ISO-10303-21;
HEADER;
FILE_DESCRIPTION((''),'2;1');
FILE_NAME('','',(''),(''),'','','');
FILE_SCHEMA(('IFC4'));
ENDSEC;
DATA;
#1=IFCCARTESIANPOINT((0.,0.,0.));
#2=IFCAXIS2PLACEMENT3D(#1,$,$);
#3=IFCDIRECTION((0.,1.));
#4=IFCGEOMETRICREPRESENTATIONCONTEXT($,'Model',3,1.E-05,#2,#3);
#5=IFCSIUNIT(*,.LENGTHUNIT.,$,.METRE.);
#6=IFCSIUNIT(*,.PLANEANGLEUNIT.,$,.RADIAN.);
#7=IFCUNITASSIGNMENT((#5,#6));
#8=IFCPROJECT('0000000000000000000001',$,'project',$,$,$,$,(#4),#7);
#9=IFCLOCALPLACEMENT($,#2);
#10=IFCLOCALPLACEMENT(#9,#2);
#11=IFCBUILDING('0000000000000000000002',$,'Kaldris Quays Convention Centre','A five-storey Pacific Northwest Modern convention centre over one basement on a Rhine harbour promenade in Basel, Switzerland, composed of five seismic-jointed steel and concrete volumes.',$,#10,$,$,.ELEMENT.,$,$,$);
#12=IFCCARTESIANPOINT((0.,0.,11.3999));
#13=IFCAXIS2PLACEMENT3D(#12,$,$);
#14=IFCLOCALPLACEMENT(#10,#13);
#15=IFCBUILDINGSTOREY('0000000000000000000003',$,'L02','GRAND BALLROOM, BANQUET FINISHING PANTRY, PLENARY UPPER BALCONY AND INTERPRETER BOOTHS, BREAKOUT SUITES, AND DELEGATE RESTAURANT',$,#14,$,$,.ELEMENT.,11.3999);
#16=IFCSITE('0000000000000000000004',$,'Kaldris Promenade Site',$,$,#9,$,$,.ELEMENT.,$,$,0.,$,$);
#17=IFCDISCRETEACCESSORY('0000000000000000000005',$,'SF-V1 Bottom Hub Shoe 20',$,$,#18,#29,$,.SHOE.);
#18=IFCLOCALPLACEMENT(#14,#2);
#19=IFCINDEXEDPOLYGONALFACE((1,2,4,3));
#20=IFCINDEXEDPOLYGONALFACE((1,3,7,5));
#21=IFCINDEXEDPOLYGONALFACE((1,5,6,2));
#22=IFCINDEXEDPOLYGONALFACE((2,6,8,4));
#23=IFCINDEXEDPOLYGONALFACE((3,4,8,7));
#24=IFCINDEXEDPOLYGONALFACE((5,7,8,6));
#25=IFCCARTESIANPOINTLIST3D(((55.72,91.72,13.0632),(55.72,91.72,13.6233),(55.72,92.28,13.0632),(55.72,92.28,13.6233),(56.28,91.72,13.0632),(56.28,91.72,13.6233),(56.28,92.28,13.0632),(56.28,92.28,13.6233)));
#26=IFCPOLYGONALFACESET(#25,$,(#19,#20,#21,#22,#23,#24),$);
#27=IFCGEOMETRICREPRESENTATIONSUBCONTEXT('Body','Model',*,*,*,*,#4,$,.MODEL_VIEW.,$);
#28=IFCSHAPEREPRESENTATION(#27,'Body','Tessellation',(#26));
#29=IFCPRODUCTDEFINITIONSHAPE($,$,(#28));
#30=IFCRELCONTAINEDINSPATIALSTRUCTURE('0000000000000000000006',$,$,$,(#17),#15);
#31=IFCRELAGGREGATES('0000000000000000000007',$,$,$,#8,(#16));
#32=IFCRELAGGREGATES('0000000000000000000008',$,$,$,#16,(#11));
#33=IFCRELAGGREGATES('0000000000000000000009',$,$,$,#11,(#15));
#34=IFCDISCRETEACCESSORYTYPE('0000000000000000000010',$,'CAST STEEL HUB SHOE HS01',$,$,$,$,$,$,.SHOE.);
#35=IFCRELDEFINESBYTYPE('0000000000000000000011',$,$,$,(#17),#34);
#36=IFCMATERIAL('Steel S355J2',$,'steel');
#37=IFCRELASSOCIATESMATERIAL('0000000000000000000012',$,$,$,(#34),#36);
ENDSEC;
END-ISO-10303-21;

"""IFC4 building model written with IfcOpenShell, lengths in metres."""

from ifc_helpers import new_model, si_unit, direction, frame, origin, origin_2d, place, context, subcontext, project, spatial, rectangle, extrude, material, type_object, element, save


model = new_model("IFC4")

# Units and contexts
model_context = context("Model", 3, precision=1e-05, world=origin(), true_north=direction((0.0, 1.0)))
body_context = subcontext(model_context, "Body", "Model", "MODEL_VIEW")
ifc_project = project(units=[si_unit("LENGTHUNIT", "METRE"), si_unit("PLANEANGLEUNIT", "RADIAN")], contexts=[model_context])

# Site, building, storey
site_placement = place(None, origin())
site = spatial("IfcSite", under=ifc_project, at=site_placement, Name="Kaldris Promenade Site", CompositionType="ELEMENT", RefElevation=0.0)
building_placement = place(site_placement, origin())
building = spatial("IfcBuilding", under=site, at=building_placement, Name="Kaldris Quays Convention Centre", Description="A five-storey Pacific Northwest Modern convention centre over one basement on a Rhine harbour promenade in Basel, Switzerland, composed of five seismic-jointed steel and concrete volumes.", CompositionType="ELEMENT")
storey_placement = place(building_placement, frame((0.0, 0.0, 11.3999)))
storey = spatial("IfcBuildingStorey", under=building, at=storey_placement, Name="L02", Description="GRAND BALLROOM, BANQUET FINISHING PANTRY, PLENARY UPPER BALCONY AND INTERPRETER BOOTHS, BREAKOUT SUITES, AND DELEGATE RESTAURANT", CompositionType="ELEMENT", Elevation=11.3999)

# Discrete accessory
ifc_material_1 = material(Name="Steel S355J2", Category="steel")
discrete_accessory_type = type_object("IfcDiscreteAccessoryType", Name="CAST STEEL HUB SHOE HS01", PredefinedType="SHOE", material=ifc_material_1)
for number, where, z_axis, x_axis, name in (
    (1, (56.0, 92.0, 13.0632), (0.0, 0.0, 1.0), (1.0, 0.0, 0.0), "SF-V1 Bottom Hub Shoe 20"),
):
    element("IfcDiscreteAccessory", number, at=place(storey_placement, frame(where, z_axis=z_axis, x_axis=x_axis)), inside=storey, type_object=discrete_accessory_type, Name=name, PredefinedType="SHOE", context=body_context, shape_type="SweptSolid", body=[
        extrude(rectangle(XDim=0.5601, YDim=0.5601, at=origin_2d()), origin(), (0.0, 0.0, 1.0), 0.5601),
    ])

save(model, "model.ifc")
